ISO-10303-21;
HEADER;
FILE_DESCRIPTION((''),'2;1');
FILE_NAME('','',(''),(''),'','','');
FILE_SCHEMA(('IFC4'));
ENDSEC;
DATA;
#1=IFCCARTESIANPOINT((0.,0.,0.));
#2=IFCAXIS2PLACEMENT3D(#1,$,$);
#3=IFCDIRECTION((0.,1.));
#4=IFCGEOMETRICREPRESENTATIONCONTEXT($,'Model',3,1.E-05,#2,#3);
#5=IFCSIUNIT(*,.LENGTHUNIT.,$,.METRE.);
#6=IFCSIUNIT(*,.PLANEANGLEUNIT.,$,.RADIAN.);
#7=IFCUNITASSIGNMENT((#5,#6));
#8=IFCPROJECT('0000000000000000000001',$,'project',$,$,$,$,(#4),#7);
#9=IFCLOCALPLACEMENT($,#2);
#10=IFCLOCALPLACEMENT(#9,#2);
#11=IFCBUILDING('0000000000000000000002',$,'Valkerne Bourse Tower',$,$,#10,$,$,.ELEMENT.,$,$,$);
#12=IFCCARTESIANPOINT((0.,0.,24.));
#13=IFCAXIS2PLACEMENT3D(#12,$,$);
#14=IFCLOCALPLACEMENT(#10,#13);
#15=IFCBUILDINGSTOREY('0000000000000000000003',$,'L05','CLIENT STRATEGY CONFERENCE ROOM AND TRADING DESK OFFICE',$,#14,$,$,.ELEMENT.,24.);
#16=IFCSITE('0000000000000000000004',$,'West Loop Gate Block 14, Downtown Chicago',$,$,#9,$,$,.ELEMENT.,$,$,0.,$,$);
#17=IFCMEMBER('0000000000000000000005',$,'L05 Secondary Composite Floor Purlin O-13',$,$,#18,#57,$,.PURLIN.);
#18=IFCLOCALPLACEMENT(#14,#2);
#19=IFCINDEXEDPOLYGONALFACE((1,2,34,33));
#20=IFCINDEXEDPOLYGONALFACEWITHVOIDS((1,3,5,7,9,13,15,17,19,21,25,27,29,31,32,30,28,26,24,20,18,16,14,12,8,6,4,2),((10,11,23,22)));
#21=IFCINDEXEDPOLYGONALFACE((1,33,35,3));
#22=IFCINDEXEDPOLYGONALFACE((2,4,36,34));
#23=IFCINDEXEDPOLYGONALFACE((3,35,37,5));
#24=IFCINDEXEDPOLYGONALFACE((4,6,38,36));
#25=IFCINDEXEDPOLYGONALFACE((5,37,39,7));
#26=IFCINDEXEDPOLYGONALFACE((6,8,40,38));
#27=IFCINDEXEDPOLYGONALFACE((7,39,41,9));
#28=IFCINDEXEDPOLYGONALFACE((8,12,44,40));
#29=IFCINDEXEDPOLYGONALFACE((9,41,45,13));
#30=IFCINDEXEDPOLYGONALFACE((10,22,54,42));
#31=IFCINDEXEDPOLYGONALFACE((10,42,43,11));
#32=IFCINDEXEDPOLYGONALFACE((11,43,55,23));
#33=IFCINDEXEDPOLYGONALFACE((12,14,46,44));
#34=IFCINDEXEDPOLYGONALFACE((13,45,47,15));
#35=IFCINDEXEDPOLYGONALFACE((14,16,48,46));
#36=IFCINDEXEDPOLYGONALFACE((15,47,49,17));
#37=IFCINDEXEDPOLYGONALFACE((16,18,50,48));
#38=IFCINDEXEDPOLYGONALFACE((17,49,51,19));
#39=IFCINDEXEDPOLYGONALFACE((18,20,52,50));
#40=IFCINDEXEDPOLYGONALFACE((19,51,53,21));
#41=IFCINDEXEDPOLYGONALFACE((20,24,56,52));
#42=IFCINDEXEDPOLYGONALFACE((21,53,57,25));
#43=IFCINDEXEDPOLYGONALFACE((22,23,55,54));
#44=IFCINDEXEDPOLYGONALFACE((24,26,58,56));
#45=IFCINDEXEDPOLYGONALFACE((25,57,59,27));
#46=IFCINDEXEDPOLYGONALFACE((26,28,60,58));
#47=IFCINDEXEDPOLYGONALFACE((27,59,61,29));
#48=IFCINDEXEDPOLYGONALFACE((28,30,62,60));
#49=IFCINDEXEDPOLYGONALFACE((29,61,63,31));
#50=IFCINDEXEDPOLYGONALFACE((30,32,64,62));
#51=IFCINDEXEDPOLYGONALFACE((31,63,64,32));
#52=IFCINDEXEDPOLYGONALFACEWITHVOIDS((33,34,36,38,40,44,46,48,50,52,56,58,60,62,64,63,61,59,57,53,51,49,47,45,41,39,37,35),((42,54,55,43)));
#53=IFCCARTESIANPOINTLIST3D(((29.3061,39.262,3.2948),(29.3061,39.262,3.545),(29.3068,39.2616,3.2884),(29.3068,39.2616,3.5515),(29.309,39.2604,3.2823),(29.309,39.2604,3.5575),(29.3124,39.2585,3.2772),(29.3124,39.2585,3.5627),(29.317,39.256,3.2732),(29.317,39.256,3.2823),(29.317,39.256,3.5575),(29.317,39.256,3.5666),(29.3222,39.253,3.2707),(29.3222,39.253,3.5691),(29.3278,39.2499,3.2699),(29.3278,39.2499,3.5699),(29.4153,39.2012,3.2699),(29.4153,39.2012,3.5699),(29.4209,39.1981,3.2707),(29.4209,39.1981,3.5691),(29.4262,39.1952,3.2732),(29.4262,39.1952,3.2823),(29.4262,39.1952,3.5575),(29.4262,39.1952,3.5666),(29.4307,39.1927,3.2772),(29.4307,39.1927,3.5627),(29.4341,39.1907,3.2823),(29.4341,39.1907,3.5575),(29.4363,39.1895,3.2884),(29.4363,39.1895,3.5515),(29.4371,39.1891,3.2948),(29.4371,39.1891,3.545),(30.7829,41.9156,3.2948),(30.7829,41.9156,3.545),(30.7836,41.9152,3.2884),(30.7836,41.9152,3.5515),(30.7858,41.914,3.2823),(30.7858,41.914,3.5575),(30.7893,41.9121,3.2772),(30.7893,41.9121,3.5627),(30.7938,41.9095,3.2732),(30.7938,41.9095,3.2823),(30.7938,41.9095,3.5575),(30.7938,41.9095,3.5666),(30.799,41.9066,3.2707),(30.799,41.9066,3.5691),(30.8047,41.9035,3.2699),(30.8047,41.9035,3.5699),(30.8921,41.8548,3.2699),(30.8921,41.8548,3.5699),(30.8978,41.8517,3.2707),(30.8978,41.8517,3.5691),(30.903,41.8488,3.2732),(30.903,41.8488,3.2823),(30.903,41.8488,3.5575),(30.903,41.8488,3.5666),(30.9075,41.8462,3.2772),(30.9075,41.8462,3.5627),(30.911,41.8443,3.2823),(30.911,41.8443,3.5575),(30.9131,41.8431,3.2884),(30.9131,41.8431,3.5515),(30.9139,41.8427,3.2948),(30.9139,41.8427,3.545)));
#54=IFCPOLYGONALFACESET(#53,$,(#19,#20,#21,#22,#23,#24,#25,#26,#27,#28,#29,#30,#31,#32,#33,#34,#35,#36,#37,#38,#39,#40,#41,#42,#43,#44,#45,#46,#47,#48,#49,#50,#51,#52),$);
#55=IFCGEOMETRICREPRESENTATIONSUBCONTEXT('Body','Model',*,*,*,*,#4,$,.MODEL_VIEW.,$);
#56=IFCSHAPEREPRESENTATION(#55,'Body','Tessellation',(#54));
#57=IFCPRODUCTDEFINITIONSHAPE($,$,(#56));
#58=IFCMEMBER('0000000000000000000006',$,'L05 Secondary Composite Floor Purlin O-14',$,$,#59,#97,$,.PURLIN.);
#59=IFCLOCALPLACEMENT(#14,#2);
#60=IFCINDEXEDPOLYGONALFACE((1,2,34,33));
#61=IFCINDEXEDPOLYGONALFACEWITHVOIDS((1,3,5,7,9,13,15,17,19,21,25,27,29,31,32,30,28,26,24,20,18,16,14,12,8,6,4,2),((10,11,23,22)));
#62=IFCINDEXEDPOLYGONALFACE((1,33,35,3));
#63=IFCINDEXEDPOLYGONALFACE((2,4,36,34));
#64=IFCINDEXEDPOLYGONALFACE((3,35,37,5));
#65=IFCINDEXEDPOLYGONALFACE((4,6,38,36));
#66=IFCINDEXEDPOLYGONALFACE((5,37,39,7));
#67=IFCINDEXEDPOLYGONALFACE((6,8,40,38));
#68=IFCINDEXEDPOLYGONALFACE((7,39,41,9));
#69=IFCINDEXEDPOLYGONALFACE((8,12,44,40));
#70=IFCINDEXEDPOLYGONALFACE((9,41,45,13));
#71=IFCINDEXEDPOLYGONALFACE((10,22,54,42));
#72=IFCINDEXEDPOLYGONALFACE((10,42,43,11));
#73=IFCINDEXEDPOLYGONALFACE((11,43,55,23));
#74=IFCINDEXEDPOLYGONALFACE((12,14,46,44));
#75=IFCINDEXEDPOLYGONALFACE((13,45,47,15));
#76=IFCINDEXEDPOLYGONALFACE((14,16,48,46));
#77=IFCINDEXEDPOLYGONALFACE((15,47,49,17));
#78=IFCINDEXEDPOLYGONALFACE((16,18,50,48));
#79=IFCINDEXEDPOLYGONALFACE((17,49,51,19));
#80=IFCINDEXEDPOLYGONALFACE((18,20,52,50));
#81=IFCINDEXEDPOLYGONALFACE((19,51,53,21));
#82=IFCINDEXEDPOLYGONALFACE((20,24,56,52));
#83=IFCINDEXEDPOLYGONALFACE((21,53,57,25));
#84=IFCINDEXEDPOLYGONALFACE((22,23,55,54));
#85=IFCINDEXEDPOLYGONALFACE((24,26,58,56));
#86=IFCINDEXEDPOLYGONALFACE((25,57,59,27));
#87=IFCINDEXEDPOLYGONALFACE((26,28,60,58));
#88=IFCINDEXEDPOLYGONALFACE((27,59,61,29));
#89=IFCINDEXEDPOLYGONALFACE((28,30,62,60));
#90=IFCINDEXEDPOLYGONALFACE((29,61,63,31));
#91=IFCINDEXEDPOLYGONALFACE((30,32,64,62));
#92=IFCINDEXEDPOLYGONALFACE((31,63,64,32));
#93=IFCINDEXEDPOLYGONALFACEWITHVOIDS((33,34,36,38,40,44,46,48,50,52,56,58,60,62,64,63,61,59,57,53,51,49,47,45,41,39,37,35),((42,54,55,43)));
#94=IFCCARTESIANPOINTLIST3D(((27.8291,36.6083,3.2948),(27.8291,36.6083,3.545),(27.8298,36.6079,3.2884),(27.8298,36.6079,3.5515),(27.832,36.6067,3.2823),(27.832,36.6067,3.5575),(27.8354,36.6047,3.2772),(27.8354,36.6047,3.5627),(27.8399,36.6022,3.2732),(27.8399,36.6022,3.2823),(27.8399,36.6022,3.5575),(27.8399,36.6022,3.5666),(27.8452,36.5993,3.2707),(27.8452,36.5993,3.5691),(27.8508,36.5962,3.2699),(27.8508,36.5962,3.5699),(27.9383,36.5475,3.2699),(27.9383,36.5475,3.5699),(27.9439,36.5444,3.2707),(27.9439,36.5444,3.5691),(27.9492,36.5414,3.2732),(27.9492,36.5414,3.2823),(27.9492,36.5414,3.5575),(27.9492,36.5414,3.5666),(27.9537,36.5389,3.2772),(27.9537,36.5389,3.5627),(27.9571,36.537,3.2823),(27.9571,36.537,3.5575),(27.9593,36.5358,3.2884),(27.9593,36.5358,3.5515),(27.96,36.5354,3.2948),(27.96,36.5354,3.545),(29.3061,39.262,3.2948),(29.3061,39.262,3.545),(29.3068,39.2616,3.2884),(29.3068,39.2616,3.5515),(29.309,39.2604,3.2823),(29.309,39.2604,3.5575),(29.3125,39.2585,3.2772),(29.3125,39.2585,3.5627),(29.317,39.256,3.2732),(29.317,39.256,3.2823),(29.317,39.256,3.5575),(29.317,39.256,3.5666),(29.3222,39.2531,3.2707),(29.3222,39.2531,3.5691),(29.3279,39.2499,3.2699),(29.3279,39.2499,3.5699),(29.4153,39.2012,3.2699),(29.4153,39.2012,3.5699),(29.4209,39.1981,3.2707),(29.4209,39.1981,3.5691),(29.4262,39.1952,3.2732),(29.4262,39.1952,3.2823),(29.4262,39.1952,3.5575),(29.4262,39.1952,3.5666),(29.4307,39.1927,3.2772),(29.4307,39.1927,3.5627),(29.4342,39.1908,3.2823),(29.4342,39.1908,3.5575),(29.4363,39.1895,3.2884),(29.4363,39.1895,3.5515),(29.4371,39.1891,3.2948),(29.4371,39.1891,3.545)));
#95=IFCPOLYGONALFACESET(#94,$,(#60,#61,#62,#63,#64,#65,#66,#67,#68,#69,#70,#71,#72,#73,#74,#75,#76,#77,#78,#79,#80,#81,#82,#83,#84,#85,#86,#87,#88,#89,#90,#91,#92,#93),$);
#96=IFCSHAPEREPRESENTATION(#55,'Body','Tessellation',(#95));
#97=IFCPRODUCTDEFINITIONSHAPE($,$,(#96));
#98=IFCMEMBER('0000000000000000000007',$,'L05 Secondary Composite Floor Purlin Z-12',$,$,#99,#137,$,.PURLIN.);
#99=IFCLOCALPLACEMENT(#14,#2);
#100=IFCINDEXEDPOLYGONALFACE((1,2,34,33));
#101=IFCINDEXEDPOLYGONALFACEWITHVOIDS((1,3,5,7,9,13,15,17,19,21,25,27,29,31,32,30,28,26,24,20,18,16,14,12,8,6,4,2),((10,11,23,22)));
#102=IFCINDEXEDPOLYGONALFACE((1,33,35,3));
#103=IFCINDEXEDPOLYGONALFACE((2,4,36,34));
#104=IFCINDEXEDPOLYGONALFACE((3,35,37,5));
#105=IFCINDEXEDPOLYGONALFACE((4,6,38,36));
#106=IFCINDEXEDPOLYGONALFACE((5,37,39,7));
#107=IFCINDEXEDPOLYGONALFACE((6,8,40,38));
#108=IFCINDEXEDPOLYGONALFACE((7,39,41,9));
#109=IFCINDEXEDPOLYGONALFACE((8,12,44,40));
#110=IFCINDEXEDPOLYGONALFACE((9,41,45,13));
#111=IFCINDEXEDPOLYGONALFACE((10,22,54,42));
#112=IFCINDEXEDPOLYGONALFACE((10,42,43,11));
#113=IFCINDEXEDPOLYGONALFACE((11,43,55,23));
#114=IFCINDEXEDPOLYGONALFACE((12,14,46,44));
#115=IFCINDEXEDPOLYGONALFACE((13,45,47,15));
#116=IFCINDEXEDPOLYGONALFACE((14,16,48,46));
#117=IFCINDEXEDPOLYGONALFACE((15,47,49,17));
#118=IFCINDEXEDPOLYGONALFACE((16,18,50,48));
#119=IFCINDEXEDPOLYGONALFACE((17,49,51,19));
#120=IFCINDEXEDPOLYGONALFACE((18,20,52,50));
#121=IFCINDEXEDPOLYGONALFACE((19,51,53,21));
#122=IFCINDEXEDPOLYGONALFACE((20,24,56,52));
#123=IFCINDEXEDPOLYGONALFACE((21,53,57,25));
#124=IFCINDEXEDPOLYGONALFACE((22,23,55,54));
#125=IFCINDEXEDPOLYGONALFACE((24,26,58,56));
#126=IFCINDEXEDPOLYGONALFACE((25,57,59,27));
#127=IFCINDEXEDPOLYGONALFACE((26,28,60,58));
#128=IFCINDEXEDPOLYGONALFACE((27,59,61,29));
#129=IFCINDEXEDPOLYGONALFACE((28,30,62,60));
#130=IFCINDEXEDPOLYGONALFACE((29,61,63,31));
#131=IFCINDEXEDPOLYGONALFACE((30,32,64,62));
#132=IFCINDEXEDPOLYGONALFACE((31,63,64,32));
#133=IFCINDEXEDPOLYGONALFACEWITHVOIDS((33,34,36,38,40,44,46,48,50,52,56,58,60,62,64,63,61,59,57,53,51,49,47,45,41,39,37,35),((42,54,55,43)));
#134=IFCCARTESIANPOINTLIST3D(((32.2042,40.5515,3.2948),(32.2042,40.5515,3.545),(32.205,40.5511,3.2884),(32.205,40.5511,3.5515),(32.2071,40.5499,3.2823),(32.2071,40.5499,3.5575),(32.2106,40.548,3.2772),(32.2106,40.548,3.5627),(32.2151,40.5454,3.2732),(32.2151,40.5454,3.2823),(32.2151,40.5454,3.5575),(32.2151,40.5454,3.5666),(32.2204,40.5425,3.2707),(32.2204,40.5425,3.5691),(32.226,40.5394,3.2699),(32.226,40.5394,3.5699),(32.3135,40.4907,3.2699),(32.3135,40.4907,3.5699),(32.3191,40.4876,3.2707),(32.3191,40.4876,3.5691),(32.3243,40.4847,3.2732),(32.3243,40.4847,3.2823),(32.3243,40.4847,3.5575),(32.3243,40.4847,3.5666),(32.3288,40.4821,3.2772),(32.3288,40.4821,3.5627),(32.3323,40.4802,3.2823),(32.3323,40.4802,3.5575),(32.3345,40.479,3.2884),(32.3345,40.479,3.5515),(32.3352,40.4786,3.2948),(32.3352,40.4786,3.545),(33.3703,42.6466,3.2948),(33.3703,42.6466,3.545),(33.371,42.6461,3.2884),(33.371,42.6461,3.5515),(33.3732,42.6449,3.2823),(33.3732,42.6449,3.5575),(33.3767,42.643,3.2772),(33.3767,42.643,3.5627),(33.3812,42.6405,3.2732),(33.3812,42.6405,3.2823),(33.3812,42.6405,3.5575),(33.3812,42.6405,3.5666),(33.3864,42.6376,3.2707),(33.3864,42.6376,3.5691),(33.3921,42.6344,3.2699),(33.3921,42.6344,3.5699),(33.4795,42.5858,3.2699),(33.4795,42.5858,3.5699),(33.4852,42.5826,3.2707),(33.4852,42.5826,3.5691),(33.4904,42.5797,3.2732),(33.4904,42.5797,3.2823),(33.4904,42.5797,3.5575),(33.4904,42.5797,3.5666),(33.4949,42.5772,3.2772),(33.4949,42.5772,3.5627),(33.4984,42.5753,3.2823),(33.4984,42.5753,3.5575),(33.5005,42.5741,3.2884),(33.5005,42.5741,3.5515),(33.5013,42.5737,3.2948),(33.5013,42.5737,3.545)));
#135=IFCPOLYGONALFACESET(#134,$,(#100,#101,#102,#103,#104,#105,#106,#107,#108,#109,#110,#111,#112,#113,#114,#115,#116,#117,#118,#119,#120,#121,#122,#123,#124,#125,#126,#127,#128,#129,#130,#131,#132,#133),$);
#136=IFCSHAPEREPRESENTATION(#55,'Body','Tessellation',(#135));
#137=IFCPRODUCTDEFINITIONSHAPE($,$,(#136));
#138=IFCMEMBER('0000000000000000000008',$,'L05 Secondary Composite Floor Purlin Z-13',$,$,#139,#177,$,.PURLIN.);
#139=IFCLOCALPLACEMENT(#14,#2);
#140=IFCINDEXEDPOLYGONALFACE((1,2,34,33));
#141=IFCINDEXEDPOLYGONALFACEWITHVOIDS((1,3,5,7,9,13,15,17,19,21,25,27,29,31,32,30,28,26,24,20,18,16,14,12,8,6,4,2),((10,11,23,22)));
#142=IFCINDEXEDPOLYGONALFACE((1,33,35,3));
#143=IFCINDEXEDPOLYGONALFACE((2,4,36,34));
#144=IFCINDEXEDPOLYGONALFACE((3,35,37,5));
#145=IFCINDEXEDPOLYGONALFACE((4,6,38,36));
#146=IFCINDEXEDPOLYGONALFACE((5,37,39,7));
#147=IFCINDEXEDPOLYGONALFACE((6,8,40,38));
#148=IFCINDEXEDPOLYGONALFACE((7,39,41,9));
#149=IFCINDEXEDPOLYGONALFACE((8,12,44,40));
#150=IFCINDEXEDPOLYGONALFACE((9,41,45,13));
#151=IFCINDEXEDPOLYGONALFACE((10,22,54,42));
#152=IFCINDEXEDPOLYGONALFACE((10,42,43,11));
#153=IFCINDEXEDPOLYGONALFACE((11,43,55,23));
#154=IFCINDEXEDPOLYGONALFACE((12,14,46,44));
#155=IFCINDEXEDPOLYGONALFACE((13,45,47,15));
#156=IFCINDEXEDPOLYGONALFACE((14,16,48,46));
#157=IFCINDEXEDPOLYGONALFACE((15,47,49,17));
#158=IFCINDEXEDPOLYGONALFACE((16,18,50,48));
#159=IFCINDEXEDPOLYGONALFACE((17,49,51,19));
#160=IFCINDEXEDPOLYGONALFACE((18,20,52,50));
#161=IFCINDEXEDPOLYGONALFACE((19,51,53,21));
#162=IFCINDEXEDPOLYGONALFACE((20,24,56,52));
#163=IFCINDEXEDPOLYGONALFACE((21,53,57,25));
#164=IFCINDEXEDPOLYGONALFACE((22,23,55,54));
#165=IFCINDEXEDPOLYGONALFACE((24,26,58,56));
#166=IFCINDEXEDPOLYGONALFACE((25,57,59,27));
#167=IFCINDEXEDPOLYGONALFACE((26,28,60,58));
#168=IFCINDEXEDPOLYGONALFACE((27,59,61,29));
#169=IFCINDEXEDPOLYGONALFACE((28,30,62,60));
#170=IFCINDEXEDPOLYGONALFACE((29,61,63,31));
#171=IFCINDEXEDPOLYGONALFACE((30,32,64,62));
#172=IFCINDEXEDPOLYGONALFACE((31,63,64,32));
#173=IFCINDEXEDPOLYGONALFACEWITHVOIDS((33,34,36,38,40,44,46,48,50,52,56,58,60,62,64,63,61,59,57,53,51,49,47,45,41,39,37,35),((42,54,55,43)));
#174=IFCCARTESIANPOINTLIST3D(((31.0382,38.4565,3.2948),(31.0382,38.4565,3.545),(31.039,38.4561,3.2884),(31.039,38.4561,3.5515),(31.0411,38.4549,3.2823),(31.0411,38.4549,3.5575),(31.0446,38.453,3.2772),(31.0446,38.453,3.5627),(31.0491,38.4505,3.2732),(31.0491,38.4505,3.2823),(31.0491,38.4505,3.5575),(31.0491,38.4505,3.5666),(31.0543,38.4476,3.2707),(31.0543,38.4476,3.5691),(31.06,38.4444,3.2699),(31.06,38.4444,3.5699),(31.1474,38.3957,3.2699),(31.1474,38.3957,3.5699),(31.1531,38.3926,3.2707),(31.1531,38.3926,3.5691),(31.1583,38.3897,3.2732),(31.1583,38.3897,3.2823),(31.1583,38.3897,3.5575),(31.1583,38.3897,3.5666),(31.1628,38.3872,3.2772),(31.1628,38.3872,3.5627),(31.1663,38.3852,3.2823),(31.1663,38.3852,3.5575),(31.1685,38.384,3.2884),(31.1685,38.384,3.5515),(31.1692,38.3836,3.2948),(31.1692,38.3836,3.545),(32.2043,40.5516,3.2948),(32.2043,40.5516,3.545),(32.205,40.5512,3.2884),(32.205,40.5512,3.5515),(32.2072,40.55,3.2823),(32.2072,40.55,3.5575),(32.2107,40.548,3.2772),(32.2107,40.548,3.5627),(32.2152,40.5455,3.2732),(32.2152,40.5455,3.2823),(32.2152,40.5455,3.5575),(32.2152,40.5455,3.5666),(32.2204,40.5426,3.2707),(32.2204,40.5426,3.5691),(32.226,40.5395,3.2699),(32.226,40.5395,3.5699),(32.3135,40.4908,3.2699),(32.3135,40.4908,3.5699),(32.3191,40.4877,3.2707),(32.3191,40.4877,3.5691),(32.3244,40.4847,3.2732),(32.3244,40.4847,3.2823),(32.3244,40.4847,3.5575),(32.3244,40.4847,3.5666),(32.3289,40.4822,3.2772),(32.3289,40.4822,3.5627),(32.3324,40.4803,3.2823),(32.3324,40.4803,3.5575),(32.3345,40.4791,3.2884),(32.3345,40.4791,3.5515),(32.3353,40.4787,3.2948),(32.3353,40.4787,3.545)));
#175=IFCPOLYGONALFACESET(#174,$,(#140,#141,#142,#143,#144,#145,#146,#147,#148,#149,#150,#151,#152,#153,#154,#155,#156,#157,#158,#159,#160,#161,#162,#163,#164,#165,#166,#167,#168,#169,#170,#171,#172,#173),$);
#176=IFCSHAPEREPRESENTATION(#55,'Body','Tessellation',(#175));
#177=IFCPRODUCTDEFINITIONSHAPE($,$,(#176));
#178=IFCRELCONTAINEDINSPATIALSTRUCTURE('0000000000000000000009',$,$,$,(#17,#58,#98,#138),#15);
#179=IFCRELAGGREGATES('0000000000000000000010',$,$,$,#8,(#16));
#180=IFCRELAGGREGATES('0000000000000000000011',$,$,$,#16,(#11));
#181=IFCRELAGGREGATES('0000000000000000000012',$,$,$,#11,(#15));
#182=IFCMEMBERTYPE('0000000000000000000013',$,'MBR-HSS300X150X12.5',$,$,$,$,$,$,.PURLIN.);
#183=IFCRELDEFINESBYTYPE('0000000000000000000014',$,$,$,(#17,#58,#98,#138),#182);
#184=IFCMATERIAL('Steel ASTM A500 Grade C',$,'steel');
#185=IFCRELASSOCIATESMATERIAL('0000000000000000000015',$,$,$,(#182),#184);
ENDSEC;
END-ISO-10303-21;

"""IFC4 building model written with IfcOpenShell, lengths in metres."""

from ifc_helpers import new_model, si_unit, direction, frame, origin, origin_2d, place, context, subcontext, project, spatial, hollow_rectangle, extrude, material, material_profile, profile_set, type_object, element, save


model = new_model("IFC4")

# Units and contexts
model_context = context("Model", 3, precision=1e-05, world=origin(), true_north=direction((0.0, 1.0)))
body_context = subcontext(model_context, "Body", "Model", "MODEL_VIEW")
ifc_project = project(units=[si_unit("LENGTHUNIT", "METRE"), si_unit("PLANEANGLEUNIT", "RADIAN")], contexts=[model_context])

# Site, building, storey
site_placement = place(None, origin())
site = spatial("IfcSite", under=ifc_project, at=site_placement, Name="West Loop Gate Block 14, Downtown Chicago", CompositionType="ELEMENT", RefElevation=0.0)
building_placement = place(site_placement, origin())
building = spatial("IfcBuilding", under=site, at=building_placement, Name="Valkerne Bourse Tower", CompositionType="ELEMENT")
storey_placement = place(building_placement, frame((0.0, 0.0, 24.0)))
storey = spatial("IfcBuildingStorey", under=building, at=storey_placement, Name="L05", Description="CLIENT STRATEGY CONFERENCE ROOM AND TRADING DESK OFFICE", CompositionType="ELEMENT", Elevation=24.0)

# Members
ifc_material_1 = material(Name="Steel ASTM A500 Grade C", Category="steel")
ifc_material_profile_1 = material_profile(ifc_material_1, hollow_rectangle(XDim=0.1499, YDim=0.3, WallThickness=0.0125, OuterFilletRadius=0.0249, at=origin_2d()), Name="HSS300X150X12.5")
ifc_profile_set_1 = profile_set([ifc_material_profile_1], Name="Steel ASTM A500 Grade C")
member_type_1 = type_object("IfcMemberType", Name="MBR-HSS300X150X12.5", PredefinedType="PURLIN", material=ifc_profile_set_1)
for number, where, z_axis, x_axis, name in (
    (1, (30.8484, 41.8792, 3.4199), (-0.486298, -0.873793, 0.0), (0.873793, -0.486298, 0.0), "L05 Secondary Composite Floor Purlin O-13"),
):
    element("IfcMember", number, at=place(storey_placement, frame(where, z_axis=z_axis, x_axis=x_axis)), inside=storey, type_object=member_type_1, Name=name, PredefinedType="PURLIN", context=body_context, shape_type="SweptSolid", body=[
        extrude(hollow_rectangle(XDim=0.1499, YDim=0.3, WallThickness=0.0125, OuterFilletRadius=0.0249, at=origin_2d()), origin(), (0.0, 0.0, 1.0), 3.0369),
    ])
member_1_placement = place(storey_placement, frame((29.3716, 39.2256, 3.4199), z_axis=(-0.486325, -0.873778, 0.0), x_axis=(0.873778, -0.486325, 0.0)))
element("IfcMember", 2, at=member_1_placement, inside=storey, type_object=member_type_1, Name="L05 Secondary Composite Floor Purlin O-14", PredefinedType="PURLIN", context=body_context, shape_type="SweptSolid", body=[
    extrude(hollow_rectangle(XDim=0.1499, YDim=0.3, WallThickness=0.0125, OuterFilletRadius=0.0249, at=origin_2d()), origin(), (0.0, 0.0, 1.0), 3.0371),
])
for number, where, z_axis, x_axis, name in (
    (3, (33.4358, 42.6101, 3.4199), (-0.486326, -0.873778, 0.0), (0.873778, -0.486326, 0.0), "L05 Secondary Composite Floor Purlin Z-12"),
    (4, (32.2698, 40.5151, 3.4199), (-0.486326, -0.873778, 0.0), (0.873778, -0.486326, 0.0), "L05 Secondary Composite Floor Purlin Z-13"),
):
    element("IfcMember", number, at=place(storey_placement, frame(where, z_axis=z_axis, x_axis=x_axis)), inside=storey, type_object=member_type_1, Name=name, PredefinedType="PURLIN", context=body_context, shape_type="SweptSolid", body=[
        extrude(hollow_rectangle(XDim=0.1499, YDim=0.3, WallThickness=0.0125, OuterFilletRadius=0.0249, at=origin_2d()), origin(), (0.0, 0.0, 1.0), 2.3977),
    ])

save(model, "model.ifc")
